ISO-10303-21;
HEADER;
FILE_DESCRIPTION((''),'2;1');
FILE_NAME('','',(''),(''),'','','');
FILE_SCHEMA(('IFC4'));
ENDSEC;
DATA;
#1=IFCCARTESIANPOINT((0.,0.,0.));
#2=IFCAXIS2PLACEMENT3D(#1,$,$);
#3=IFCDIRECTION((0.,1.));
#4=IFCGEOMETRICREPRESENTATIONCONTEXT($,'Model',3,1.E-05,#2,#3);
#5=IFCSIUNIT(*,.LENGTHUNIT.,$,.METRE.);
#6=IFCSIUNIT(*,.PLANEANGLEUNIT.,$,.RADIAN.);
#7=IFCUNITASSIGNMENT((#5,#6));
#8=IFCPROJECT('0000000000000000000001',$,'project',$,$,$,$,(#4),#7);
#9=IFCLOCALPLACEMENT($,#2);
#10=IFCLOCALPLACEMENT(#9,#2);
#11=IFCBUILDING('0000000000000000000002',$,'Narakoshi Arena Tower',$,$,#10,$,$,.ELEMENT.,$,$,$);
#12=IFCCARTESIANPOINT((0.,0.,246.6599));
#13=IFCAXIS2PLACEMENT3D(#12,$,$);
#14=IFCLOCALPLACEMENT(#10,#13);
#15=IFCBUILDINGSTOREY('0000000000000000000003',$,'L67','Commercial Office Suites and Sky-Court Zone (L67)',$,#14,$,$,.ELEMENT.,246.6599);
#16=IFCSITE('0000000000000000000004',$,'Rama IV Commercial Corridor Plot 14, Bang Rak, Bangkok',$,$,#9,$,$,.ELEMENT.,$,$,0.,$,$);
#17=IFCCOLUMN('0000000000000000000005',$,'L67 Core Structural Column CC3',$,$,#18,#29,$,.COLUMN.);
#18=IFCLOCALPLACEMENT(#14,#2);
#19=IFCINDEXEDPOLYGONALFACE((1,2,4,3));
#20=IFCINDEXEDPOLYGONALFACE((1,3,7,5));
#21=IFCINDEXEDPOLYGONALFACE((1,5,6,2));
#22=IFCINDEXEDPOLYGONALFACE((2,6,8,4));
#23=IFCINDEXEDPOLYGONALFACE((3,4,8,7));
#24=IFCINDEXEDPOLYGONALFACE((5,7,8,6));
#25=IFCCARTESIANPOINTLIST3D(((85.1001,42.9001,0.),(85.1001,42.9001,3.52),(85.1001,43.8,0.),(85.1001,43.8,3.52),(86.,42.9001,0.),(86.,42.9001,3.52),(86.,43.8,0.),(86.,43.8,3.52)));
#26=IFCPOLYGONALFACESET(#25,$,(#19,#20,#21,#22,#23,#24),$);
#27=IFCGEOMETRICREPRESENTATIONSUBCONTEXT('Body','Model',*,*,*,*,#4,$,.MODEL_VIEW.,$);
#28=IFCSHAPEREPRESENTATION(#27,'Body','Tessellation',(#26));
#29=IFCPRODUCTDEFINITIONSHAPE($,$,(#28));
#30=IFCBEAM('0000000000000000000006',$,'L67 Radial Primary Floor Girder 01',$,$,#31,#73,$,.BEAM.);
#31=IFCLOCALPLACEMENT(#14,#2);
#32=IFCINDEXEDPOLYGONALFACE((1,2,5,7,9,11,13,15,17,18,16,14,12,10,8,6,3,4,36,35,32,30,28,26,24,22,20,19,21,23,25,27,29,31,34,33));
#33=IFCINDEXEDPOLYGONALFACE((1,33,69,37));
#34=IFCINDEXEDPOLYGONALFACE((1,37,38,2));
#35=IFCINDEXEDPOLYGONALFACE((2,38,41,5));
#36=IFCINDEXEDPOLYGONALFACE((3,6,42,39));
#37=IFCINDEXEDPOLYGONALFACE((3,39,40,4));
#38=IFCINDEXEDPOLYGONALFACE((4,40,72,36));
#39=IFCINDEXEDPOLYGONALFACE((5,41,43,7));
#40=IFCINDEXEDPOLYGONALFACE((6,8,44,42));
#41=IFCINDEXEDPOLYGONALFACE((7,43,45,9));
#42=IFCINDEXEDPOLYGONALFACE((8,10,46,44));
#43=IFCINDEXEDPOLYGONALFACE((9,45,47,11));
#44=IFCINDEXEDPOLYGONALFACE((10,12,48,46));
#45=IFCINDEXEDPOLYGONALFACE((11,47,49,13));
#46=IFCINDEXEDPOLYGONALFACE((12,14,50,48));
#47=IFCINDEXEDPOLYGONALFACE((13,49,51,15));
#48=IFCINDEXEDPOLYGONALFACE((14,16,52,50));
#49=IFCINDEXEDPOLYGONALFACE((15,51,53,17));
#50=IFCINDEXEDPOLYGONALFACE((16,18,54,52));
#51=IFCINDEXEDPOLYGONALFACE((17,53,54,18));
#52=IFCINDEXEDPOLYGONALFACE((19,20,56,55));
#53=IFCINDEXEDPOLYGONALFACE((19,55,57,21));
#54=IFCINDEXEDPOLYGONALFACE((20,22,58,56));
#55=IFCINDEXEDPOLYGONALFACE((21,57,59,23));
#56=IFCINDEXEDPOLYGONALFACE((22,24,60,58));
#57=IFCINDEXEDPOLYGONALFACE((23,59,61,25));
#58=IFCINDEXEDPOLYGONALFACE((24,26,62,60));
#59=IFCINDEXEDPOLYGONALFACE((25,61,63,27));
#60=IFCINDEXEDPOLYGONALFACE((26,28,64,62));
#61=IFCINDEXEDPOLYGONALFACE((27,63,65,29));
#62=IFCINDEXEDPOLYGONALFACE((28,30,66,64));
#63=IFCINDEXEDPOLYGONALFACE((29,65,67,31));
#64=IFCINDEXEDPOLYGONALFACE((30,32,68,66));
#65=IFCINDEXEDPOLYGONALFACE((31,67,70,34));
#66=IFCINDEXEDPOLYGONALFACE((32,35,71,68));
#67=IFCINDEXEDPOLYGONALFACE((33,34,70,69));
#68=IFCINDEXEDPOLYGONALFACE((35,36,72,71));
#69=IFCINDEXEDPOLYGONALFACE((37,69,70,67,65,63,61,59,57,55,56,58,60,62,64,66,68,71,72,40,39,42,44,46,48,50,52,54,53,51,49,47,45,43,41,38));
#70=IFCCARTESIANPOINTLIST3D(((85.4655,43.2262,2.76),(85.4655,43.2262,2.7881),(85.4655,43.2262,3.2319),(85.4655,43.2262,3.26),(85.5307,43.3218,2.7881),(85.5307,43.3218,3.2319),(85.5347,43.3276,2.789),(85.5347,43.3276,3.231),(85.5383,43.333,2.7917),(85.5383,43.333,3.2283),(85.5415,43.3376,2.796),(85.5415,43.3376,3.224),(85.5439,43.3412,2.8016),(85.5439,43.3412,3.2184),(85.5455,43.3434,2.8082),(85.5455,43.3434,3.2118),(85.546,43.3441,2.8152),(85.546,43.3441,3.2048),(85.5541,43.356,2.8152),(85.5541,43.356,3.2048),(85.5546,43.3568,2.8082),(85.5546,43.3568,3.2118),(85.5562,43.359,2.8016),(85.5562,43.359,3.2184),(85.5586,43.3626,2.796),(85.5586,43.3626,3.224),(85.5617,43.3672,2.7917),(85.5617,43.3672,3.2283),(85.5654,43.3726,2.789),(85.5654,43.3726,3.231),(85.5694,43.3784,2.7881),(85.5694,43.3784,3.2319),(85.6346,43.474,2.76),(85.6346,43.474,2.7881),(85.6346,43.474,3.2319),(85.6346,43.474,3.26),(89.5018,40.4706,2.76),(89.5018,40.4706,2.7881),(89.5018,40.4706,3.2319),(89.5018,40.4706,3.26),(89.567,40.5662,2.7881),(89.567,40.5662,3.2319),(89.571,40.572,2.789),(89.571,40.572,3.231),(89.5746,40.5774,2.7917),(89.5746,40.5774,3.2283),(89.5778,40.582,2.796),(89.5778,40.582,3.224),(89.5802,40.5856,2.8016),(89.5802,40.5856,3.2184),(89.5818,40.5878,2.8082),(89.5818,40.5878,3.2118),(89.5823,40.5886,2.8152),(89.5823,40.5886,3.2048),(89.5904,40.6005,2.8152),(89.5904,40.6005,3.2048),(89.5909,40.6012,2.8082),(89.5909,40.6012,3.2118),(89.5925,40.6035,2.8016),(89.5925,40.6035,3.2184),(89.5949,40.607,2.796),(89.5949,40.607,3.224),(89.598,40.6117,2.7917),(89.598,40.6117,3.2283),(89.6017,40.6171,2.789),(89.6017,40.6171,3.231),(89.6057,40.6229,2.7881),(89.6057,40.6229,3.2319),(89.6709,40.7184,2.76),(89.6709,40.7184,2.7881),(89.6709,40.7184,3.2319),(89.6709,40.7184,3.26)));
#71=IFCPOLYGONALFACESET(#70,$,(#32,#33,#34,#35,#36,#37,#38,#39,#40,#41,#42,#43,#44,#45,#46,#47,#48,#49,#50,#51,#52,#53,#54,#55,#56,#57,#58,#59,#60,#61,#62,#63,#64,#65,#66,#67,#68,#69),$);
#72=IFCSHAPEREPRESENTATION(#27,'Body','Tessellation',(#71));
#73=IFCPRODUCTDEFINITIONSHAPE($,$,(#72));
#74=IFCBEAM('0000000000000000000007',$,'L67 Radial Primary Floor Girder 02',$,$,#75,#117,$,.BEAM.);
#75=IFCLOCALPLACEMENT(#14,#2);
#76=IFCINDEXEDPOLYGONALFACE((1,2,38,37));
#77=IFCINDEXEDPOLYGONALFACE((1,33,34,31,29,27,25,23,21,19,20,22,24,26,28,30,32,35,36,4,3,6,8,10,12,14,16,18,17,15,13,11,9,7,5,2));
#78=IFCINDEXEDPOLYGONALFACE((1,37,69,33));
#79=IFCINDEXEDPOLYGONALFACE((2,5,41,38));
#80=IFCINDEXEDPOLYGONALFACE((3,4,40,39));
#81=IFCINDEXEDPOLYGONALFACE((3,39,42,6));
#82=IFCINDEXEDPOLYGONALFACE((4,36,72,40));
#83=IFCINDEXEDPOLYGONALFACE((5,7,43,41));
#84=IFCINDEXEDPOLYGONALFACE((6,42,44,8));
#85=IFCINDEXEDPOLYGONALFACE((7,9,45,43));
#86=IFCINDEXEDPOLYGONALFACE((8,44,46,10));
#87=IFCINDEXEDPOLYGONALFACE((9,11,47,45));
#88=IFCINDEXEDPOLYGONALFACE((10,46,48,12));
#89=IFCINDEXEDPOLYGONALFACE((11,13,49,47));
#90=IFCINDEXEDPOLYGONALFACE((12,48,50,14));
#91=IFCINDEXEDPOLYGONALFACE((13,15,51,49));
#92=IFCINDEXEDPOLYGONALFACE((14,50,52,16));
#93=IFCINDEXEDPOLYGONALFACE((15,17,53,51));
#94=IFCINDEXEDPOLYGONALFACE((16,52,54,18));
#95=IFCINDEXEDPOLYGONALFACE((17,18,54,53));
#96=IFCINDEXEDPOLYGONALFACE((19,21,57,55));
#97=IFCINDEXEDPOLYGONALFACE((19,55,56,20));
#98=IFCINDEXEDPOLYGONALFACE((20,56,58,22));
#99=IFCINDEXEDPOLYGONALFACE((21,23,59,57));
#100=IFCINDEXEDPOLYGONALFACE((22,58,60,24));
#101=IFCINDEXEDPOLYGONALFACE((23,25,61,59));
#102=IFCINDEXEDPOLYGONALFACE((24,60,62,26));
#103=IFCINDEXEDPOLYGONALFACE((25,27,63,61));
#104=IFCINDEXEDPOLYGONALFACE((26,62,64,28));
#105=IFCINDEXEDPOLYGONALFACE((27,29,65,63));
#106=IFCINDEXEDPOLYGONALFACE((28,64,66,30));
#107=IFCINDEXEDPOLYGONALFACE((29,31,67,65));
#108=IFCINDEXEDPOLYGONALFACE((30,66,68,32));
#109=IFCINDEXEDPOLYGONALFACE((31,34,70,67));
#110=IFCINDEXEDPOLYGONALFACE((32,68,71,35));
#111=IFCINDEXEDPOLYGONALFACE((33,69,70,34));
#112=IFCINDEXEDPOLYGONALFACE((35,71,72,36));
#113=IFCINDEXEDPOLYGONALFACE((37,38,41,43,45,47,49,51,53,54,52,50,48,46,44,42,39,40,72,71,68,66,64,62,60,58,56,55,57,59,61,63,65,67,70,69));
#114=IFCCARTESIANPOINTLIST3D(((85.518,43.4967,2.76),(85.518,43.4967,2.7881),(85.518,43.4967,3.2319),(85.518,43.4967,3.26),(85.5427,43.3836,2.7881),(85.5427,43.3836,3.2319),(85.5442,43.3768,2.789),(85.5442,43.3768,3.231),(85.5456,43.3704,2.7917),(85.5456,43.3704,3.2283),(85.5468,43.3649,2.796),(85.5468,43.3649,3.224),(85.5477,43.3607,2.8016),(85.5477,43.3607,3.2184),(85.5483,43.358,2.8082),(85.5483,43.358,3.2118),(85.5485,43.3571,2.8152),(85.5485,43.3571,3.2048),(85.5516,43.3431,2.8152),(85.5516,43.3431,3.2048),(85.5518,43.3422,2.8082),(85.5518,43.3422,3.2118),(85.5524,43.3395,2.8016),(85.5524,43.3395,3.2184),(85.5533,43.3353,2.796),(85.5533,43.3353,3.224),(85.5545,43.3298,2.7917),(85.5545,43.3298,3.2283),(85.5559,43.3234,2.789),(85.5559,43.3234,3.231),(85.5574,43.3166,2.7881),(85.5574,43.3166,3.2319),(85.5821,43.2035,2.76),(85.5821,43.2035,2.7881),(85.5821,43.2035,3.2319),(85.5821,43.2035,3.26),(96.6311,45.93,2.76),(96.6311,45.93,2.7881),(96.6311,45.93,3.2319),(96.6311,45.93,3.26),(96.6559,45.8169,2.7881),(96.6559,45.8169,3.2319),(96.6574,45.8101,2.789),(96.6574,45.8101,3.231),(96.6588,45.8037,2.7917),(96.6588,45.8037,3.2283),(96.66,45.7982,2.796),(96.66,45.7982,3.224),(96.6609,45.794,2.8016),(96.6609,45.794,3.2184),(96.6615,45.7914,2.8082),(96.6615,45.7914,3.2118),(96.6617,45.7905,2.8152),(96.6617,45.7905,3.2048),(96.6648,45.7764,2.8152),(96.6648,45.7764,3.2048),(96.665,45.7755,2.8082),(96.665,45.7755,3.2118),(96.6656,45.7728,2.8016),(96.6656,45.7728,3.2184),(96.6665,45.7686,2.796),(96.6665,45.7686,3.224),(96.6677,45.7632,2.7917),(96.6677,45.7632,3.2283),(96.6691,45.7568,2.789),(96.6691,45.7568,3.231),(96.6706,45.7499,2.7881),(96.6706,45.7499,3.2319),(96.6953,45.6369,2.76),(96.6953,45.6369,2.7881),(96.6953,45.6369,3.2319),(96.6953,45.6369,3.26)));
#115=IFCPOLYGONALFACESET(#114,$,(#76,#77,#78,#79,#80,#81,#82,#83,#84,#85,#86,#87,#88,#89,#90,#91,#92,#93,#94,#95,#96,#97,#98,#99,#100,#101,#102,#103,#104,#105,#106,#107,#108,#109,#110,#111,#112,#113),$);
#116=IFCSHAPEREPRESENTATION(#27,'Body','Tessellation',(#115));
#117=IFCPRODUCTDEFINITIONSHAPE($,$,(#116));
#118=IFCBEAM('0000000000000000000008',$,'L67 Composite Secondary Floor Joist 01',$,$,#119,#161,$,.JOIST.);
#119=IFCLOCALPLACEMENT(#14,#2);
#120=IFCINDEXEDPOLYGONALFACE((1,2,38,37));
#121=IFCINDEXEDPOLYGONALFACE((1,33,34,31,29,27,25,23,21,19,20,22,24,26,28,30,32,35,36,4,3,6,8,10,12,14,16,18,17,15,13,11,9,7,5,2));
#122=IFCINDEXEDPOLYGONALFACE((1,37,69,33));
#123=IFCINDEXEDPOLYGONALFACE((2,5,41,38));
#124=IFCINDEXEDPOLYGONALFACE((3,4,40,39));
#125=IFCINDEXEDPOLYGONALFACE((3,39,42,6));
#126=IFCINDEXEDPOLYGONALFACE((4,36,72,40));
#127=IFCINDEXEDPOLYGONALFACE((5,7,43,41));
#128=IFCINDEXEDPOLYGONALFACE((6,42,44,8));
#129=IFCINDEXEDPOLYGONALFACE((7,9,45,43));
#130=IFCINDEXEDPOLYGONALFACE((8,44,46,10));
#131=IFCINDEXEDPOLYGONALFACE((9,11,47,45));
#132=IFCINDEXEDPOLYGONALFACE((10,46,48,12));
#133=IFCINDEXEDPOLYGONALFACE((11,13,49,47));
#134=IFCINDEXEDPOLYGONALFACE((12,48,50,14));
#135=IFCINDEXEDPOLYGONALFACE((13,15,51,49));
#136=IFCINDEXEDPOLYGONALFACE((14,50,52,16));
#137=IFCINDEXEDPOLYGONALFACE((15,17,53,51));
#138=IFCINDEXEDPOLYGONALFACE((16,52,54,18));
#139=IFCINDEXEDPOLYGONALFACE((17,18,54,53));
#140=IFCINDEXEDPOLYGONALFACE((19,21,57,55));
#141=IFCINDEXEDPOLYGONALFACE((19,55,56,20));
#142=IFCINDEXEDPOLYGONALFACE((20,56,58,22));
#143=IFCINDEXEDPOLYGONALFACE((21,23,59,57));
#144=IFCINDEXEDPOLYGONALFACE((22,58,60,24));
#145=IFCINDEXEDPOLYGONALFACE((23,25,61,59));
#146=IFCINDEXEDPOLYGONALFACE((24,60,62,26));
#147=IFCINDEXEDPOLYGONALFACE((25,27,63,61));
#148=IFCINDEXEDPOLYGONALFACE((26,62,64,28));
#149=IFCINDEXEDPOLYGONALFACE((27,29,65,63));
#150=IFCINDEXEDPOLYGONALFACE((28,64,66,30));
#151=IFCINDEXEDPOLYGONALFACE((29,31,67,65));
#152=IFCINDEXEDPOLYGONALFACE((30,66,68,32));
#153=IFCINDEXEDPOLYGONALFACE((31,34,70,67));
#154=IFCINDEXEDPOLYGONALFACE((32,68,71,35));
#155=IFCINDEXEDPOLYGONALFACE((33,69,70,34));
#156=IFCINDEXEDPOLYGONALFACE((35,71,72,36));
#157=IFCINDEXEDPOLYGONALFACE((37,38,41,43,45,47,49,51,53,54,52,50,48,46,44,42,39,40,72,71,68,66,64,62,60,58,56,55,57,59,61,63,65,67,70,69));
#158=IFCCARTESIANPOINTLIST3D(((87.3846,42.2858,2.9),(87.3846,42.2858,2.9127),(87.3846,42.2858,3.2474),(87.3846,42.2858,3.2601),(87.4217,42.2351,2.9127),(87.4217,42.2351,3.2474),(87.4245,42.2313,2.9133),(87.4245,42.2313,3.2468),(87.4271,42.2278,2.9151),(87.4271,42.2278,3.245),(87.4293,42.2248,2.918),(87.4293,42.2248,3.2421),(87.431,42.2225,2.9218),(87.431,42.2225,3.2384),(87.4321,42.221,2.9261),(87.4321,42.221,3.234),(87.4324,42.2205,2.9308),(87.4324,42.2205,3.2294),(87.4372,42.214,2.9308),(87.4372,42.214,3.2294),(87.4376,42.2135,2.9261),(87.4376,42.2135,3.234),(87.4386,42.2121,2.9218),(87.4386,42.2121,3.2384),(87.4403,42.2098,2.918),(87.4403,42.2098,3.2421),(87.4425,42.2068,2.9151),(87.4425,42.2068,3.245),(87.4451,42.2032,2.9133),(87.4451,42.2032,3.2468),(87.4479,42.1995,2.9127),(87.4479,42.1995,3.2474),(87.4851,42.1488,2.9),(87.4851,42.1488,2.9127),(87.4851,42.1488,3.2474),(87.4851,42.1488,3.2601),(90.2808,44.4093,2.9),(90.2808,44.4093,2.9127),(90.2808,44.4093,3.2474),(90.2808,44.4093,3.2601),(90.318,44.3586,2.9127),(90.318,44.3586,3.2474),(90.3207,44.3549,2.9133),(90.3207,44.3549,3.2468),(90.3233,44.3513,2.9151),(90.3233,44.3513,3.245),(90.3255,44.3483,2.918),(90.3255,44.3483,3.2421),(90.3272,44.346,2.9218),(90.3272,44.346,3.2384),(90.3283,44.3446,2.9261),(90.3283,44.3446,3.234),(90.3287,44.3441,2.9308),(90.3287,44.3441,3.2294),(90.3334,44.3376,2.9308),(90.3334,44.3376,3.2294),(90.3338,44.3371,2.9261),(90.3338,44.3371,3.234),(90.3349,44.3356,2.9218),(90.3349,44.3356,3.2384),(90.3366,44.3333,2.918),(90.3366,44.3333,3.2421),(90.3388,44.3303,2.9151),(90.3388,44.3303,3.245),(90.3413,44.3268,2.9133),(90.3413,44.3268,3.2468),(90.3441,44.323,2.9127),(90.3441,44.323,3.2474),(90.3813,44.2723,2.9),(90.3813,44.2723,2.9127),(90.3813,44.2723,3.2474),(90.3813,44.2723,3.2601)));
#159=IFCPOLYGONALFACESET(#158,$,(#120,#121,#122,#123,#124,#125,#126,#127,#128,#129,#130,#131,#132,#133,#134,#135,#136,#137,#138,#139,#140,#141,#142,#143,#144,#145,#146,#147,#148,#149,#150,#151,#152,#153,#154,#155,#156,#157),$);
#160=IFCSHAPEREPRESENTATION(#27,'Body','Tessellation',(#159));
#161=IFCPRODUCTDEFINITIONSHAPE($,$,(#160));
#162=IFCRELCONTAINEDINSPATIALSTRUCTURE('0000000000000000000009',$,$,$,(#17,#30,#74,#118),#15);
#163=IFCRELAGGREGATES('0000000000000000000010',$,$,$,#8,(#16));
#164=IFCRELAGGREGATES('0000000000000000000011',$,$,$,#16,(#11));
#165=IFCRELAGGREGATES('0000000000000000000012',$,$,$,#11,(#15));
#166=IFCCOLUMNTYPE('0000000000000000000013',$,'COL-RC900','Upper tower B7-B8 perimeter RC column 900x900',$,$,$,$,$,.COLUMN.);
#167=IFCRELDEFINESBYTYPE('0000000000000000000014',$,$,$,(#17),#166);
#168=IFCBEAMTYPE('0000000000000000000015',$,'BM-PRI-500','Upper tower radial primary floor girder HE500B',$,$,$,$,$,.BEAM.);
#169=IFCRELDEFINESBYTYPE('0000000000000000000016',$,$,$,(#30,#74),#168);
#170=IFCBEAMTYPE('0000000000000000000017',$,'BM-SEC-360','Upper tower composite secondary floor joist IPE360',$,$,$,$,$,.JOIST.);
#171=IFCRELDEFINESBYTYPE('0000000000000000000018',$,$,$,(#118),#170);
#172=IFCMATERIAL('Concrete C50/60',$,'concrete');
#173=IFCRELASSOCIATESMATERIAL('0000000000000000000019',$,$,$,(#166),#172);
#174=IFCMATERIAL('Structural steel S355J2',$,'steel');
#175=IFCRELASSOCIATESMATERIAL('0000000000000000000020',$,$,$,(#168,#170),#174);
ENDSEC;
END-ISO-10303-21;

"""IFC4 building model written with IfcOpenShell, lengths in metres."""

from ifc_helpers import new_model, si_unit, direction, frame, origin, origin_2d, place, context, subcontext, project, spatial, rectangle, i_section, extrude, material, material_profile, profile_set, type_object, element, save


model = new_model("IFC4")

# Units and contexts
model_context = context("Model", 3, precision=1e-05, world=origin(), true_north=direction((0.0, 1.0)))
body_context = subcontext(model_context, "Body", "Model", "MODEL_VIEW")
ifc_project = project(units=[si_unit("LENGTHUNIT", "METRE"), si_unit("PLANEANGLEUNIT", "RADIAN")], contexts=[model_context])

# Site, building, storey
site_placement = place(None, origin())
site = spatial("IfcSite", under=ifc_project, at=site_placement, Name="Rama IV Commercial Corridor Plot 14, Bang Rak, Bangkok", CompositionType="ELEMENT", RefElevation=0.0)
building_placement = place(site_placement, origin())
building = spatial("IfcBuilding", under=site, at=building_placement, Name="Narakoshi Arena Tower", CompositionType="ELEMENT")
storey_placement = place(building_placement, frame((0.0, 0.0, 246.6599)))
storey = spatial("IfcBuildingStorey", under=building, at=storey_placement, Name="L67", Description="Commercial Office Suites and Sky-Court Zone (L67)", CompositionType="ELEMENT", Elevation=246.6599)

# Column
ifc_material_1 = material(Name="Concrete C50/60", Category="concrete")
ifc_material_profile_1 = material_profile(ifc_material_1, rectangle(XDim=0.8999, YDim=0.8999, at=origin_2d()), Name="RC900x900")
ifc_profile_set_1 = profile_set([ifc_material_profile_1], Name="Concrete C50/60")
column_type = type_object("IfcColumnType", Name="COL-RC900", Description="Upper tower B7-B8 perimeter RC column 900x900", PredefinedType="COLUMN", material=ifc_profile_set_1)
column_placement = place(storey_placement, frame((85.55, 43.3501, 0.0), z_axis=(0.0, 0.0, 1.0), x_axis=(1.0, 0.0, 0.0)))
element("IfcColumn", 1, at=column_placement, inside=storey, type_object=column_type, Name="L67 Core Structural Column CC3", PredefinedType="COLUMN", context=body_context, shape_type="SweptSolid", body=[
    extrude(rectangle(XDim=0.8999, YDim=0.8999, at=origin_2d()), origin(), (0.0, 0.0, 1.0), 3.52),
])

# Beams
ifc_material_2 = material(Name="Structural steel S355J2", Category="steel")
ifc_material_profile_2 = material_profile(ifc_material_2, i_section(OverallWidth=0.3, OverallDepth=0.5, WebThickness=0.0144, FlangeThickness=0.0281, FilletRadius=0.0271, at=origin_2d()), Name="HE500B")
ifc_profile_set_2 = profile_set([ifc_material_profile_2], Name="Structural steel S355J2")
beam_type_1 = type_object("IfcBeamType", Name="BM-PRI-500", Description="Upper tower radial primary floor girder HE500B", PredefinedType="BEAM", material=ifc_profile_set_2)
beam_1_placement = place(storey_placement, frame((85.55, 43.3501, 3.01), z_axis=(0.82589, -0.563831, 0.0), x_axis=(0.563831, 0.82589, 0.0)))
element("IfcBeam", 2, at=beam_1_placement, inside=storey, type_object=beam_type_1, Name="L67 Radial Primary Floor Girder 01", PredefinedType="BEAM", context=body_context, shape_type="SweptSolid", body=[
    extrude(i_section(OverallWidth=0.3, OverallDepth=0.5, WebThickness=0.0144, FlangeThickness=0.0281, FilletRadius=0.0271, at=origin_2d()), origin(), (0.0, 0.0, 1.0), 4.8872),
])
beam_2_placement = place(storey_placement, frame((85.55, 43.3501, 3.01), z_axis=(0.976857, 0.213891, 0.0), x_axis=(-0.213891, 0.976857, 0.0)))
element("IfcBeam", 3, at=beam_2_placement, inside=storey, type_object=beam_type_1, Name="L67 Radial Primary Floor Girder 02", PredefinedType="BEAM", context=body_context, shape_type="SweptSolid", body=[
    extrude(i_section(OverallWidth=0.3, OverallDepth=0.5, WebThickness=0.0144, FlangeThickness=0.0281, FilletRadius=0.0271, at=origin_2d()), origin(), (0.0, 0.0, 1.0), 11.3765),
])
ifc_material_profile_3 = material_profile(ifc_material_2, i_section(OverallWidth=0.1699, OverallDepth=0.3601, WebThickness=0.0081, FlangeThickness=0.0127, FilletRadius=0.0181, at=origin_2d()), Name="IPE360")
ifc_profile_set_3 = profile_set([ifc_material_profile_3], Name="Structural steel S355J2")
beam_type_2 = type_object("IfcBeamType", Name="BM-SEC-360", Description="Upper tower composite secondary floor joist IPE360", PredefinedType="JOIST", material=ifc_profile_set_3)
beam_3_placement = place(storey_placement, frame((87.4348, 42.2173, 3.0801), z_axis=(0.806455, 0.591296, 0.0), x_axis=(-0.591296, 0.806455, 0.0)))
element("IfcBeam", 4, at=beam_3_placement, inside=storey, type_object=beam_type_2, Name="L67 Composite Secondary Floor Joist 01", PredefinedType="JOIST", context=body_context, shape_type="SweptSolid", body=[
    extrude(i_section(OverallWidth=0.1699, OverallDepth=0.3601, WebThickness=0.0081, FlangeThickness=0.0127, FilletRadius=0.0181, at=origin_2d()), origin(), (0.0, 0.0, 1.0), 3.5913),
])

save(model, "model.ifc")
